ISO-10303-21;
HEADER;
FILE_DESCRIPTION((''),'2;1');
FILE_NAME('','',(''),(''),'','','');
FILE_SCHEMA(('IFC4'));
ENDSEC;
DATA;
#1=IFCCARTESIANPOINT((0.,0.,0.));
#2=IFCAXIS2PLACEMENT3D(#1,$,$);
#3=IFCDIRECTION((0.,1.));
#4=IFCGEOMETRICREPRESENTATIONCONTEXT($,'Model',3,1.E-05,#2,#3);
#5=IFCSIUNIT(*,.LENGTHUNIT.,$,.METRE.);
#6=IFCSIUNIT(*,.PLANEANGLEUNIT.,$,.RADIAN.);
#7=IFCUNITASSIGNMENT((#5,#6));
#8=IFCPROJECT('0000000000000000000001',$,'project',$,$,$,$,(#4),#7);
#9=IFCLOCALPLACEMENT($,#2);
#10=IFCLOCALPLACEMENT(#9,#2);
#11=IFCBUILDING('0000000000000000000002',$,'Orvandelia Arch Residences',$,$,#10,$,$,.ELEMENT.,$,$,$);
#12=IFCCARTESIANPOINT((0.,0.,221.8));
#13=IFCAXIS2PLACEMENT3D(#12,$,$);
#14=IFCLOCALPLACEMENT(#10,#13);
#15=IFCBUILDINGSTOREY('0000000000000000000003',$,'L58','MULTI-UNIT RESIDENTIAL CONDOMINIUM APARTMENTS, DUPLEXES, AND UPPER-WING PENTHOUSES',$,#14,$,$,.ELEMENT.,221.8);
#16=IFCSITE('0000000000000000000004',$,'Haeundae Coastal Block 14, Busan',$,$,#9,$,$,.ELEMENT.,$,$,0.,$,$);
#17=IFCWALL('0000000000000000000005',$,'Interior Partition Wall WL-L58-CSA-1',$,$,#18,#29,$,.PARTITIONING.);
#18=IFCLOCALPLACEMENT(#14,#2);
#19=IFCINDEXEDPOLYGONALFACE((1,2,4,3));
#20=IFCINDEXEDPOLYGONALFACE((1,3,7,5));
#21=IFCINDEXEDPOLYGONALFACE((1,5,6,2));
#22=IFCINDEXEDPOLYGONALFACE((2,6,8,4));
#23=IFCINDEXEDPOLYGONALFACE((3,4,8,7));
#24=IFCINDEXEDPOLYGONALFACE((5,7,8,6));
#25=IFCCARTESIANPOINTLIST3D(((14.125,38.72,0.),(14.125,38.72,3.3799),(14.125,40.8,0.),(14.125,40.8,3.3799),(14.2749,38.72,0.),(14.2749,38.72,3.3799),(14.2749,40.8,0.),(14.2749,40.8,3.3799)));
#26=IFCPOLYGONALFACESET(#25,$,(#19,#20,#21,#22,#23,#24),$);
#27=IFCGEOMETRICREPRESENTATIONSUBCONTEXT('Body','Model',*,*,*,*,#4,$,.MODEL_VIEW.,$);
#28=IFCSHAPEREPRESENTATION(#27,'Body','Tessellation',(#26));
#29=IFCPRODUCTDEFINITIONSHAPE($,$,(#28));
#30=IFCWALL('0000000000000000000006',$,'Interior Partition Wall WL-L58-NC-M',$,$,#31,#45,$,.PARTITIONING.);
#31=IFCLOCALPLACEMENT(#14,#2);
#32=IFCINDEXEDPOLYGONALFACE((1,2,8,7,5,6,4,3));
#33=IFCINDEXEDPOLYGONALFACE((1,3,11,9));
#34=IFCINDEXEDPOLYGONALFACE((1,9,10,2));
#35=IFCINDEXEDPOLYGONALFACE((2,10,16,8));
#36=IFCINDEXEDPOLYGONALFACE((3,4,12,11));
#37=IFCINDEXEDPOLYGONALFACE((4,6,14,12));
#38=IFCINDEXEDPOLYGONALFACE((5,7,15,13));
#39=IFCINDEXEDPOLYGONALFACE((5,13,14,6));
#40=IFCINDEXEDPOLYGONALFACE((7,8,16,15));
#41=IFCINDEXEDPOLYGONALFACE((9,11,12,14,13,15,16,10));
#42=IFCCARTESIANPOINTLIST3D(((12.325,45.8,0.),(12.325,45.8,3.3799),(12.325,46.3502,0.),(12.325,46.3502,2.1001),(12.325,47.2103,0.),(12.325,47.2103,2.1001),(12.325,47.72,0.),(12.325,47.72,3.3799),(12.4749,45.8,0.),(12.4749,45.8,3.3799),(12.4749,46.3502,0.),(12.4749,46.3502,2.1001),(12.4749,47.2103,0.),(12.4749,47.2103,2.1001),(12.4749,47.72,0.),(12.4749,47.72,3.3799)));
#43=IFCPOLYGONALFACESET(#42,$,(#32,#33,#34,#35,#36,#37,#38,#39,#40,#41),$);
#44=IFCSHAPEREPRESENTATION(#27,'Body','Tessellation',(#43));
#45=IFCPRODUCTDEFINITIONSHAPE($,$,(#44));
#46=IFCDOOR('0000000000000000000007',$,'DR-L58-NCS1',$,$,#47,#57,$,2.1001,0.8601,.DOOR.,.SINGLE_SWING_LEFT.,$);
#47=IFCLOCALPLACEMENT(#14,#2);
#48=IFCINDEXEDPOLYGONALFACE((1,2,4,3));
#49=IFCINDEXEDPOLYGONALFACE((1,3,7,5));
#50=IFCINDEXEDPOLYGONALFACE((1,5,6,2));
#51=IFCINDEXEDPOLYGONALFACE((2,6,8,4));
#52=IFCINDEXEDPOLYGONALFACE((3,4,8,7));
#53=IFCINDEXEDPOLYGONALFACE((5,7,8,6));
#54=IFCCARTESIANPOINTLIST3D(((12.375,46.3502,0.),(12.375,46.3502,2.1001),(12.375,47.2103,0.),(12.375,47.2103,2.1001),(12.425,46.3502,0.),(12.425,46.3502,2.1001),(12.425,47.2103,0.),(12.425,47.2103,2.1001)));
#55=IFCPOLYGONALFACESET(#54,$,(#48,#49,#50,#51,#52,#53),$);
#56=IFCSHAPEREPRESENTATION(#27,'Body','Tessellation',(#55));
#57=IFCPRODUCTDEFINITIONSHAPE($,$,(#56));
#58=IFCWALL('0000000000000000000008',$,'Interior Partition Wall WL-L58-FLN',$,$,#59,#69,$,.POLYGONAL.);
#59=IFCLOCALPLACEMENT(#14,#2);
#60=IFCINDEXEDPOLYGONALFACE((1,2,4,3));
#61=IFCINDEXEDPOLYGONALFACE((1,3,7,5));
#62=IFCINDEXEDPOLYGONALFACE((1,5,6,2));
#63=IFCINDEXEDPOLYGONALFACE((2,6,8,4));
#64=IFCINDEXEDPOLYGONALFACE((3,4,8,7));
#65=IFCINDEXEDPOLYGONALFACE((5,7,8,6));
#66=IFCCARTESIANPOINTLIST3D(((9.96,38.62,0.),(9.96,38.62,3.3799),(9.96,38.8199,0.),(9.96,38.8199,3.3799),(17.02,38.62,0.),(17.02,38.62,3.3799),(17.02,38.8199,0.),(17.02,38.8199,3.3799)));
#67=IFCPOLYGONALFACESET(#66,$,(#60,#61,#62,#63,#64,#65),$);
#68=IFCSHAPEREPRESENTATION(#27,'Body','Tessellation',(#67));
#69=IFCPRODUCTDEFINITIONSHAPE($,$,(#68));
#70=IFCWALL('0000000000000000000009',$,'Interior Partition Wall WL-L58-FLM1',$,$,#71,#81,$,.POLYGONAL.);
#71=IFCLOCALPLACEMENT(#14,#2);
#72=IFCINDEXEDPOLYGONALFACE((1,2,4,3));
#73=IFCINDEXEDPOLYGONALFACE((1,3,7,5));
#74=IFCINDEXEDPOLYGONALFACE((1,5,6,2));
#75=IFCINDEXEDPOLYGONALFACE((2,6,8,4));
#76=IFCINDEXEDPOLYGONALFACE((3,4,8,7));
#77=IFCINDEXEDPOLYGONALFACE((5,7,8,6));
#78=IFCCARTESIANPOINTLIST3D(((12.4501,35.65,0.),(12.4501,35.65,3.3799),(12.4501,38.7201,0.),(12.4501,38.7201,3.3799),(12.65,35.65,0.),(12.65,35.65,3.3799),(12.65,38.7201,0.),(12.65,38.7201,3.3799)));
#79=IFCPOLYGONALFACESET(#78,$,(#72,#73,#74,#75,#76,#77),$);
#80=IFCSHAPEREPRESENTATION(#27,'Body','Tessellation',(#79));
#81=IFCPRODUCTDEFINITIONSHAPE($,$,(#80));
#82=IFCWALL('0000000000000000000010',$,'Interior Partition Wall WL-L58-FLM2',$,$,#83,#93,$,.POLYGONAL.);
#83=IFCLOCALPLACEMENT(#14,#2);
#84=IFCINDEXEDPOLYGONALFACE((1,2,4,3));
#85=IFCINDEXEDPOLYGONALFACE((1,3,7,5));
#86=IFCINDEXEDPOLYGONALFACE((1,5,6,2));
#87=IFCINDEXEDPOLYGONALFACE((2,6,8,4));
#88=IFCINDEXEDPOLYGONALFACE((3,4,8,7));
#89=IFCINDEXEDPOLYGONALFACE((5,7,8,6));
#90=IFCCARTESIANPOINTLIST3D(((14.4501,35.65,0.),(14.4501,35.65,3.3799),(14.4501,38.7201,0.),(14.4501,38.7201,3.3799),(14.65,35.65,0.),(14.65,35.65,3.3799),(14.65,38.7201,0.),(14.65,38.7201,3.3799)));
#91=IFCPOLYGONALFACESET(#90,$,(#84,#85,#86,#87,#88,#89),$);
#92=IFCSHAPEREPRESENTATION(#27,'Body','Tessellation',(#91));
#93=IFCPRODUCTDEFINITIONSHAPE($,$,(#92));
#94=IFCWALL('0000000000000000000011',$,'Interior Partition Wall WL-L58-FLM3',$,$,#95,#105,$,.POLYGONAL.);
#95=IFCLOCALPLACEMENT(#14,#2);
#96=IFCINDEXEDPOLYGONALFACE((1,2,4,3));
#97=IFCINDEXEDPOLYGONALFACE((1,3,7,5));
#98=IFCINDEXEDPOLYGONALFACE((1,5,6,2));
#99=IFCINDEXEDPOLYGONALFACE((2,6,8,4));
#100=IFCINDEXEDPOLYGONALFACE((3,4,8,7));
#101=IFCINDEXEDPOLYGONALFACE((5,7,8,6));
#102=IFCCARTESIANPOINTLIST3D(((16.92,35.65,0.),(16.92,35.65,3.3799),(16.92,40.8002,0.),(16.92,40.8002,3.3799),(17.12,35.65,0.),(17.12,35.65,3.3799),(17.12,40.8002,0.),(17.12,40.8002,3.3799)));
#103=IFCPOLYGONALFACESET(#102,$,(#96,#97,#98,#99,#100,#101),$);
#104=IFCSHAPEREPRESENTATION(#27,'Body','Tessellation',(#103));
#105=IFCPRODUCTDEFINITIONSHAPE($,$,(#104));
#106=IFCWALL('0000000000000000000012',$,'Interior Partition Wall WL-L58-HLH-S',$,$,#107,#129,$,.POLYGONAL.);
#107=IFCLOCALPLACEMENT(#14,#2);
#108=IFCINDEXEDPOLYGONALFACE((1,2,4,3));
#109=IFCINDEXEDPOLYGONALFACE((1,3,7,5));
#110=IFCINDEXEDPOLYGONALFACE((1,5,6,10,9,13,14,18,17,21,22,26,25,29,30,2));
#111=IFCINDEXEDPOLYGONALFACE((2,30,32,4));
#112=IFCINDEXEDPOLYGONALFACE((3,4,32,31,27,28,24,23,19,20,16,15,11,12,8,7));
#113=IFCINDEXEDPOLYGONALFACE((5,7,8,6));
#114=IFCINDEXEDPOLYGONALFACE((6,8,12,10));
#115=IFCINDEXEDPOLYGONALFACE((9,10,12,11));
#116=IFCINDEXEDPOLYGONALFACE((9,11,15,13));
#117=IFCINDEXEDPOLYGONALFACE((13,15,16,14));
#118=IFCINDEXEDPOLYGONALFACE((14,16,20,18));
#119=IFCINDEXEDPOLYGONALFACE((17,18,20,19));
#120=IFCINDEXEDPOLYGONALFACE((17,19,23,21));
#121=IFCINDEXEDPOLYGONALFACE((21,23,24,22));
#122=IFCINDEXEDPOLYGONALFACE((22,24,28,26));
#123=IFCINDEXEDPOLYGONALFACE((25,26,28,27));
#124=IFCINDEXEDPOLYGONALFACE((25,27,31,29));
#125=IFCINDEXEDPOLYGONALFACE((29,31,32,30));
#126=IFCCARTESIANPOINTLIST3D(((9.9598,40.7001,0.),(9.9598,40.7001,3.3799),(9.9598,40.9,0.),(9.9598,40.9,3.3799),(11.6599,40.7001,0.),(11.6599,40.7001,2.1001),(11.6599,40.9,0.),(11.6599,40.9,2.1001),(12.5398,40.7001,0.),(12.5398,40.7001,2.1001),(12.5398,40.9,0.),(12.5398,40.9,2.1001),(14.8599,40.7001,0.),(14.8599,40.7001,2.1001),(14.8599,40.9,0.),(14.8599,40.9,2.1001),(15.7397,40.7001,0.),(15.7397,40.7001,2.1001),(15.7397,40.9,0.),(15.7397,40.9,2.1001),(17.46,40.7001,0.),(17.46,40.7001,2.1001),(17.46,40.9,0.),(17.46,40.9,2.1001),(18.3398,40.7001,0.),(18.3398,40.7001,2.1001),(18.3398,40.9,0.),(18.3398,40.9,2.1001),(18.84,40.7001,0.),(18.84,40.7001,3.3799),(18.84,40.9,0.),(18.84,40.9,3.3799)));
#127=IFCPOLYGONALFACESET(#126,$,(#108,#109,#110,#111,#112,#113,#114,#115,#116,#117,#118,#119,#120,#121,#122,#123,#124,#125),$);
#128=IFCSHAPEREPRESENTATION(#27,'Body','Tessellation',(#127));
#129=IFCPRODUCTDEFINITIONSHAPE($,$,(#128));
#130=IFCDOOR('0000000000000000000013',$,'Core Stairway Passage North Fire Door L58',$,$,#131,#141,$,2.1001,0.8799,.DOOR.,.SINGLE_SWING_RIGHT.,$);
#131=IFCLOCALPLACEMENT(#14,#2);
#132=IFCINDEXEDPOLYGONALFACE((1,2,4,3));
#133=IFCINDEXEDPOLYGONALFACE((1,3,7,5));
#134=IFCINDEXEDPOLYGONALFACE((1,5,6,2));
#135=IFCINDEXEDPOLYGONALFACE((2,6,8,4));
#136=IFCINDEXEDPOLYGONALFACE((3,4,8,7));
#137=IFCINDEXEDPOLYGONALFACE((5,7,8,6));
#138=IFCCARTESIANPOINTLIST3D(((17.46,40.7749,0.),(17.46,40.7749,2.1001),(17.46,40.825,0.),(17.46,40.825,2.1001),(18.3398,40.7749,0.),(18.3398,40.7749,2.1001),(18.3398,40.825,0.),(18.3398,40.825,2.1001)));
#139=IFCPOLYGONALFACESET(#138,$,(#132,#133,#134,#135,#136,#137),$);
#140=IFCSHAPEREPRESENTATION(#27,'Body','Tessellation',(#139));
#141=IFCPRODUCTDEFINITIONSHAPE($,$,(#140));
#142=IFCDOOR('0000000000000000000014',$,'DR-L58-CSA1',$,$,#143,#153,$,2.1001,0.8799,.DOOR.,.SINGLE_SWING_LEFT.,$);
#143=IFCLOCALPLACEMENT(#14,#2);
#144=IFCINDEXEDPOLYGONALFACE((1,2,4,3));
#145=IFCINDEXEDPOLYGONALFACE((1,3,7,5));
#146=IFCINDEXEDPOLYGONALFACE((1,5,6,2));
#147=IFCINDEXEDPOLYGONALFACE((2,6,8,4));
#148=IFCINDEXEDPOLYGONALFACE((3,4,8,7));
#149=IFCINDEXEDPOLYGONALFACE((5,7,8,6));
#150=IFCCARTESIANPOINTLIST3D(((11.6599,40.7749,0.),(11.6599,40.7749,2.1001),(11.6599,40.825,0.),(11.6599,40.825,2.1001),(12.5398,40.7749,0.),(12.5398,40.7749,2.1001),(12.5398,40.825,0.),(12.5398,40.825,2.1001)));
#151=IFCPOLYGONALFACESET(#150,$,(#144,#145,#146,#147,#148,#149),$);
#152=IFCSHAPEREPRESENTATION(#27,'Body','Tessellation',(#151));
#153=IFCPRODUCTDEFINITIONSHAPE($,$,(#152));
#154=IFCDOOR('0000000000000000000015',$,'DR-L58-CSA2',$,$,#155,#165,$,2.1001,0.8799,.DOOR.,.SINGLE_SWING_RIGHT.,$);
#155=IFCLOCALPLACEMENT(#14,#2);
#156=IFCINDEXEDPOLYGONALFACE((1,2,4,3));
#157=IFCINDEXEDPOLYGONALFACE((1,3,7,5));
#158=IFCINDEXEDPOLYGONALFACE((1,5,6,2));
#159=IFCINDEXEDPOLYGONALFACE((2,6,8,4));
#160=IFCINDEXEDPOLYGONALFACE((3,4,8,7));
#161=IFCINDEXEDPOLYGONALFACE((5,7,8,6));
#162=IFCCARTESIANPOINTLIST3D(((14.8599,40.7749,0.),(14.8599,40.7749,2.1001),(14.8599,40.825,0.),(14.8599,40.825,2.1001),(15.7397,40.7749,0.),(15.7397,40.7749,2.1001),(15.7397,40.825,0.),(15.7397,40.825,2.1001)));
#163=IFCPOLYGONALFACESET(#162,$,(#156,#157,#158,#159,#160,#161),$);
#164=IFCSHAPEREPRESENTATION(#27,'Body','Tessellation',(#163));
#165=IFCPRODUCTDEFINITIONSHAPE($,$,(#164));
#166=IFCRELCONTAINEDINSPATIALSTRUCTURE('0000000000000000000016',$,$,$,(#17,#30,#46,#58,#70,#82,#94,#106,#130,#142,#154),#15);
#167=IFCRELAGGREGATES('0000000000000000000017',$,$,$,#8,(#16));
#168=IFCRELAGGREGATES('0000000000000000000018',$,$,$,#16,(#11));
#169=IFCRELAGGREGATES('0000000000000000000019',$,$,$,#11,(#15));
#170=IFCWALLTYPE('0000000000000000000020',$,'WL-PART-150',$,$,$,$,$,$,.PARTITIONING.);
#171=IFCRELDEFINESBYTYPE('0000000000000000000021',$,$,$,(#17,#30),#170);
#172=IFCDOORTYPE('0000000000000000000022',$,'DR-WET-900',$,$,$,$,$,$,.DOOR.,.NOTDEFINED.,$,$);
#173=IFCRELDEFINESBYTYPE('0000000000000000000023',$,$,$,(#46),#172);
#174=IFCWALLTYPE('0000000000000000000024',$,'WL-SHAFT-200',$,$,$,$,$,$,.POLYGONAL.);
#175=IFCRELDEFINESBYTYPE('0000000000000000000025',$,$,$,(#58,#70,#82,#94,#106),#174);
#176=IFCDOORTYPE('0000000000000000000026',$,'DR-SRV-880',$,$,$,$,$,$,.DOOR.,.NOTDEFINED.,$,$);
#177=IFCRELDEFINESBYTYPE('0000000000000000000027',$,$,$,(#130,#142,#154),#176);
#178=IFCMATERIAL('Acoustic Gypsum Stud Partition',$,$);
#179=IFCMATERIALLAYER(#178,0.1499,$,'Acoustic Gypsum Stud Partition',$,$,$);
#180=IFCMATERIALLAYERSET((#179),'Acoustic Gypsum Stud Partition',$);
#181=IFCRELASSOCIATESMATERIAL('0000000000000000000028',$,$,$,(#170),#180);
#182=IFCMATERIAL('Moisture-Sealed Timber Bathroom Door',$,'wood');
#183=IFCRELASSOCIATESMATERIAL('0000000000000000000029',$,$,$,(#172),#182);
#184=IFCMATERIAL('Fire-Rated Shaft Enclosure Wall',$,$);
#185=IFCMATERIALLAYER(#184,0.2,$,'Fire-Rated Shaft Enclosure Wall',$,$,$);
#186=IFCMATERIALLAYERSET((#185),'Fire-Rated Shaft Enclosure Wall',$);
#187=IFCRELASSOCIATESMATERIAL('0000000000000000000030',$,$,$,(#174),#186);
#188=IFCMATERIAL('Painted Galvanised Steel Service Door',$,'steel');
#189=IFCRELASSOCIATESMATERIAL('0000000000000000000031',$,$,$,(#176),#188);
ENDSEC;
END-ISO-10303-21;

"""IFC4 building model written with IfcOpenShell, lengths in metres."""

from ifc_helpers import new_model, si_unit, direction, frame, frame_2d, origin, place, context, subcontext, project, spatial, rectangle, extrude, material, layer, layer_set, type_object, element, fill, save


model = new_model("IFC4")

# Units and contexts
model_context = context("Model", 3, precision=1e-05, world=origin(), true_north=direction((0.0, 1.0)))
body_context = subcontext(model_context, "Body", "Model", "MODEL_VIEW")
ifc_project = project(units=[si_unit("LENGTHUNIT", "METRE"), si_unit("PLANEANGLEUNIT", "RADIAN")], contexts=[model_context])

# Site, building, storey
site_placement = place(None, origin())
site = spatial("IfcSite", under=ifc_project, at=site_placement, Name="Haeundae Coastal Block 14, Busan", CompositionType="ELEMENT", RefElevation=0.0)
building_placement = place(site_placement, origin())
building = spatial("IfcBuilding", under=site, at=building_placement, Name="Orvandelia Arch Residences", CompositionType="ELEMENT")
storey_placement = place(building_placement, frame((0.0, 0.0, 221.8)))
storey = spatial("IfcBuildingStorey", under=building, at=storey_placement, Name="L58", Description="MULTI-UNIT RESIDENTIAL CONDOMINIUM APARTMENTS, DUPLEXES, AND UPPER-WING PENTHOUSES", CompositionType="ELEMENT", Elevation=221.8)

# Wall
ifc_material_1 = material(Name="Acoustic Gypsum Stud Partition")
ifc_layer_1 = layer(ifc_material_1, 0.1499, Name="Acoustic Gypsum Stud Partition")
ifc_layer_set_1 = layer_set([ifc_layer_1], Name="Acoustic Gypsum Stud Partition")
wall_type_1 = type_object("IfcWallType", Name="WL-PART-150", PredefinedType="PARTITIONING", material=ifc_layer_set_1)
wall_1_placement = place(storey_placement, frame((14.2, 38.72, 0.0), z_axis=(0.0, 0.0, 1.0), x_axis=(0.0, 1.0, 0.0)))
element("IfcWall", 1, at=wall_1_placement, inside=storey, type_object=wall_type_1, Name="Interior Partition Wall WL-L58-CSA-1", PredefinedType="PARTITIONING", context=body_context, shape_type="SweptSolid", body=[
    extrude(rectangle(XDim=2.0801, YDim=0.1499, at=frame_2d((1.04, 0.0))), origin(), (0.0, 0.0, 1.0), 3.3799),
])

# Wall, opening, door
wall_2_placement = place(storey_placement, frame((12.3999, 45.8, 0.0), z_axis=(0.0, 0.0, 1.0), x_axis=(0.0, 1.0, 0.0)))
wall_2 = element("IfcWall", 2, at=wall_2_placement, inside=storey, type_object=wall_type_1, Name="Interior Partition Wall WL-L58-NC-M", PredefinedType="PARTITIONING", context=body_context, shape_type="SweptSolid", body=[
    extrude(rectangle(XDim=1.9199, YDim=0.1499, at=frame_2d((0.96, 0.0))), origin(), (0.0, 0.0, 1.0), 3.3799),
])
opening_1_placement = place(wall_2_placement, frame((0.55, 0.0, 0.0)))
opening_1 = element("IfcOpeningElement", 3, at=opening_1_placement, cuts=wall_2, PredefinedType="OPENING", context=body_context, shape_type="SweptSolid", body=[
    extrude(rectangle(XDim=0.8601, YDim=2.1001, at=frame_2d((0.4302, 1.05))), frame((0.0, 0.085, 0.0), z_axis=(0.0, -1.0, 0.0), x_axis=(1.0, 0.0, 0.0)), (0.0, 0.0, 1.0), 0.1699),
])
ifc_material_2 = material(Name="Moisture-Sealed Timber Bathroom Door", Category="wood")
door_type_1 = type_object("IfcDoorType", Name="DR-WET-900", OperationType="NOTDEFINED", PredefinedType="DOOR", material=ifc_material_2)
door_1_placement = place(opening_1_placement, origin())
door_1 = element("IfcDoor", 4, at=door_1_placement, inside=storey, type_object=door_type_1, Name="DR-L58-NCS1", OperationType="SINGLE_SWING_LEFT", OverallHeight=2.1001, OverallWidth=0.8601, PredefinedType="DOOR", context=body_context, shape_type="SweptSolid", body=[
    extrude(rectangle(XDim=0.8601, YDim=2.1001, at=frame_2d((0.4302, 1.05))), frame((0.0, 0.0249, 0.0), z_axis=(0.0, -1.0, 0.0), x_axis=(1.0, 0.0, 0.0)), (0.0, 0.0, 1.0), 0.05),
])
fill(opening_1, door_1)

# Walls
ifc_material_3 = material(Name="Fire-Rated Shaft Enclosure Wall")
ifc_layer_2 = layer(ifc_material_3, 0.2, Name="Fire-Rated Shaft Enclosure Wall")
ifc_layer_set_2 = layer_set([ifc_layer_2], Name="Fire-Rated Shaft Enclosure Wall")
wall_type_2 = type_object("IfcWallType", Name="WL-SHAFT-200", PredefinedType="POLYGONAL", material=ifc_layer_set_2)
wall_3_placement = place(storey_placement, frame((9.96, 38.72, 0.0), z_axis=(0.0, 0.0, 1.0), x_axis=(1.0, 0.0, 0.0)))
element("IfcWall", 5, at=wall_3_placement, inside=storey, type_object=wall_type_2, Name="Interior Partition Wall WL-L58-FLN", PredefinedType="POLYGONAL", context=body_context, shape_type="SweptSolid", body=[
    extrude(rectangle(XDim=7.0601, YDim=0.2, at=frame_2d((3.53, 0.0))), origin(), (0.0, 0.0, 1.0), 3.3799),
])
for number, where, z_axis, x_axis, name in (
    (6, (12.55, 35.6499, 0.0), (0.0, 0.0, 1.0), (0.0, 1.0, 0.0), "Interior Partition Wall WL-L58-FLM1"),
    (7, (14.55, 35.6499, 0.0), (0.0, 0.0, 1.0), (0.0, 1.0, 0.0), "Interior Partition Wall WL-L58-FLM2"),
):
    element("IfcWall", number, at=place(storey_placement, frame(where, z_axis=z_axis, x_axis=x_axis)), inside=storey, type_object=wall_type_2, Name=name, PredefinedType="POLYGONAL", context=body_context, shape_type="SweptSolid", body=[
        extrude(rectangle(XDim=3.0701, YDim=0.2, at=frame_2d((1.5352, 0.0))), origin(), (0.0, 0.0, 1.0), 3.3799),
    ])
wall_4_placement = place(storey_placement, frame((17.02, 35.6499, 0.0), z_axis=(0.0, 0.0, 1.0), x_axis=(0.0, 1.0, 0.0)))
element("IfcWall", 8, at=wall_4_placement, inside=storey, type_object=wall_type_2, Name="Interior Partition Wall WL-L58-FLM3", PredefinedType="POLYGONAL", context=body_context, shape_type="SweptSolid", body=[
    extrude(rectangle(XDim=5.1501, YDim=0.2, at=frame_2d((2.5752, 0.0))), origin(), (0.0, 0.0, 1.0), 3.3799),
])

# Wall, openings, doors
wall_5_placement = place(storey_placement, frame((9.96, 40.8, 0.0), z_axis=(0.0, 0.0, 1.0), x_axis=(1.0, 0.0, 0.0)))
wall_5 = element("IfcWall", 9, at=wall_5_placement, inside=storey, type_object=wall_type_2, Name="Interior Partition Wall WL-L58-HLH-S", PredefinedType="POLYGONAL", context=body_context, shape_type="SweptSolid", body=[
    extrude(rectangle(XDim=8.8801, YDim=0.2, at=frame_2d((4.4399, 0.0))), origin(), (0.0, 0.0, 1.0), 3.3799),
])
opening_2_placement = place(wall_5_placement, frame((7.5, 0.0, 0.0)))
opening_2 = element("IfcOpeningElement", 10, at=opening_2_placement, cuts=wall_5, PredefinedType="OPENING", context=body_context, shape_type="SweptSolid", body=[
    extrude(rectangle(XDim=0.8799, YDim=2.1001, at=frame_2d((0.4399, 1.05))), frame((0.0, 0.1099, 0.0), z_axis=(0.0, -1.0, 0.0), x_axis=(1.0, 0.0, 0.0)), (0.0, 0.0, 1.0), 0.22),
])
opening_3_placement = place(wall_5_placement, frame((1.7, 0.0, 0.0)))
opening_3 = element("IfcOpeningElement", 11, at=opening_3_placement, cuts=wall_5, PredefinedType="OPENING", context=body_context, shape_type="SweptSolid", body=[
    extrude(rectangle(XDim=0.8799, YDim=2.1001, at=frame_2d((0.4399, 1.05))), frame((0.0, 0.1099, 0.0), z_axis=(0.0, -1.0, 0.0), x_axis=(1.0, 0.0, 0.0)), (0.0, 0.0, 1.0), 0.22),
])
opening_4_placement = place(wall_5_placement, frame((4.8999, 0.0, 0.0)))
opening_4 = element("IfcOpeningElement", 12, at=opening_4_placement, cuts=wall_5, PredefinedType="OPENING", context=body_context, shape_type="SweptSolid", body=[
    extrude(rectangle(XDim=0.8799, YDim=2.1001, at=frame_2d((0.4399, 1.05))), frame((0.0, 0.1099, 0.0), z_axis=(0.0, -1.0, 0.0), x_axis=(1.0, 0.0, 0.0)), (0.0, 0.0, 1.0), 0.22),
])
ifc_material_4 = material(Name="Painted Galvanised Steel Service Door", Category="steel")
door_type_2 = type_object("IfcDoorType", Name="DR-SRV-880", OperationType="NOTDEFINED", PredefinedType="DOOR", material=ifc_material_4)
door_2_placement = place(opening_2_placement, origin())
door_2 = element("IfcDoor", 13, at=door_2_placement, inside=storey, type_object=door_type_2, Name="Core Stairway Passage North Fire Door L58", OperationType="SINGLE_SWING_RIGHT", OverallHeight=2.1001, OverallWidth=0.8799, PredefinedType="DOOR", context=body_context, shape_type="SweptSolid", body=[
    extrude(rectangle(XDim=0.8799, YDim=2.1001, at=frame_2d((0.4399, 1.05))), frame((0.0, 0.0249, 0.0), z_axis=(0.0, -1.0, 0.0), x_axis=(1.0, 0.0, 0.0)), (0.0, 0.0, 1.0), 0.05),
])
fill(opening_2, door_2)
door_3_placement = place(opening_3_placement, origin())
door_3 = element("IfcDoor", 14, at=door_3_placement, inside=storey, type_object=door_type_2, Name="DR-L58-CSA1", OperationType="SINGLE_SWING_LEFT", OverallHeight=2.1001, OverallWidth=0.8799, PredefinedType="DOOR", context=body_context, shape_type="SweptSolid", body=[
    extrude(rectangle(XDim=0.8799, YDim=2.1001, at=frame_2d((0.4399, 1.05))), frame((0.0, 0.0249, 0.0), z_axis=(0.0, -1.0, 0.0), x_axis=(1.0, 0.0, 0.0)), (0.0, 0.0, 1.0), 0.05),
])
fill(opening_3, door_3)
door_4_placement = place(opening_4_placement, origin())
door_4 = element("IfcDoor", 15, at=door_4_placement, inside=storey, type_object=door_type_2, Name="DR-L58-CSA2", OperationType="SINGLE_SWING_RIGHT", OverallHeight=2.1001, OverallWidth=0.8799, PredefinedType="DOOR", context=body_context, shape_type="SweptSolid", body=[
    extrude(rectangle(XDim=0.8799, YDim=2.1001, at=frame_2d((0.4399, 1.05))), frame((0.0, 0.0249, 0.0), z_axis=(0.0, -1.0, 0.0), x_axis=(1.0, 0.0, 0.0)), (0.0, 0.0, 1.0), 0.05),
])
fill(opening_4, door_4)

save(model, "model.ifc")
